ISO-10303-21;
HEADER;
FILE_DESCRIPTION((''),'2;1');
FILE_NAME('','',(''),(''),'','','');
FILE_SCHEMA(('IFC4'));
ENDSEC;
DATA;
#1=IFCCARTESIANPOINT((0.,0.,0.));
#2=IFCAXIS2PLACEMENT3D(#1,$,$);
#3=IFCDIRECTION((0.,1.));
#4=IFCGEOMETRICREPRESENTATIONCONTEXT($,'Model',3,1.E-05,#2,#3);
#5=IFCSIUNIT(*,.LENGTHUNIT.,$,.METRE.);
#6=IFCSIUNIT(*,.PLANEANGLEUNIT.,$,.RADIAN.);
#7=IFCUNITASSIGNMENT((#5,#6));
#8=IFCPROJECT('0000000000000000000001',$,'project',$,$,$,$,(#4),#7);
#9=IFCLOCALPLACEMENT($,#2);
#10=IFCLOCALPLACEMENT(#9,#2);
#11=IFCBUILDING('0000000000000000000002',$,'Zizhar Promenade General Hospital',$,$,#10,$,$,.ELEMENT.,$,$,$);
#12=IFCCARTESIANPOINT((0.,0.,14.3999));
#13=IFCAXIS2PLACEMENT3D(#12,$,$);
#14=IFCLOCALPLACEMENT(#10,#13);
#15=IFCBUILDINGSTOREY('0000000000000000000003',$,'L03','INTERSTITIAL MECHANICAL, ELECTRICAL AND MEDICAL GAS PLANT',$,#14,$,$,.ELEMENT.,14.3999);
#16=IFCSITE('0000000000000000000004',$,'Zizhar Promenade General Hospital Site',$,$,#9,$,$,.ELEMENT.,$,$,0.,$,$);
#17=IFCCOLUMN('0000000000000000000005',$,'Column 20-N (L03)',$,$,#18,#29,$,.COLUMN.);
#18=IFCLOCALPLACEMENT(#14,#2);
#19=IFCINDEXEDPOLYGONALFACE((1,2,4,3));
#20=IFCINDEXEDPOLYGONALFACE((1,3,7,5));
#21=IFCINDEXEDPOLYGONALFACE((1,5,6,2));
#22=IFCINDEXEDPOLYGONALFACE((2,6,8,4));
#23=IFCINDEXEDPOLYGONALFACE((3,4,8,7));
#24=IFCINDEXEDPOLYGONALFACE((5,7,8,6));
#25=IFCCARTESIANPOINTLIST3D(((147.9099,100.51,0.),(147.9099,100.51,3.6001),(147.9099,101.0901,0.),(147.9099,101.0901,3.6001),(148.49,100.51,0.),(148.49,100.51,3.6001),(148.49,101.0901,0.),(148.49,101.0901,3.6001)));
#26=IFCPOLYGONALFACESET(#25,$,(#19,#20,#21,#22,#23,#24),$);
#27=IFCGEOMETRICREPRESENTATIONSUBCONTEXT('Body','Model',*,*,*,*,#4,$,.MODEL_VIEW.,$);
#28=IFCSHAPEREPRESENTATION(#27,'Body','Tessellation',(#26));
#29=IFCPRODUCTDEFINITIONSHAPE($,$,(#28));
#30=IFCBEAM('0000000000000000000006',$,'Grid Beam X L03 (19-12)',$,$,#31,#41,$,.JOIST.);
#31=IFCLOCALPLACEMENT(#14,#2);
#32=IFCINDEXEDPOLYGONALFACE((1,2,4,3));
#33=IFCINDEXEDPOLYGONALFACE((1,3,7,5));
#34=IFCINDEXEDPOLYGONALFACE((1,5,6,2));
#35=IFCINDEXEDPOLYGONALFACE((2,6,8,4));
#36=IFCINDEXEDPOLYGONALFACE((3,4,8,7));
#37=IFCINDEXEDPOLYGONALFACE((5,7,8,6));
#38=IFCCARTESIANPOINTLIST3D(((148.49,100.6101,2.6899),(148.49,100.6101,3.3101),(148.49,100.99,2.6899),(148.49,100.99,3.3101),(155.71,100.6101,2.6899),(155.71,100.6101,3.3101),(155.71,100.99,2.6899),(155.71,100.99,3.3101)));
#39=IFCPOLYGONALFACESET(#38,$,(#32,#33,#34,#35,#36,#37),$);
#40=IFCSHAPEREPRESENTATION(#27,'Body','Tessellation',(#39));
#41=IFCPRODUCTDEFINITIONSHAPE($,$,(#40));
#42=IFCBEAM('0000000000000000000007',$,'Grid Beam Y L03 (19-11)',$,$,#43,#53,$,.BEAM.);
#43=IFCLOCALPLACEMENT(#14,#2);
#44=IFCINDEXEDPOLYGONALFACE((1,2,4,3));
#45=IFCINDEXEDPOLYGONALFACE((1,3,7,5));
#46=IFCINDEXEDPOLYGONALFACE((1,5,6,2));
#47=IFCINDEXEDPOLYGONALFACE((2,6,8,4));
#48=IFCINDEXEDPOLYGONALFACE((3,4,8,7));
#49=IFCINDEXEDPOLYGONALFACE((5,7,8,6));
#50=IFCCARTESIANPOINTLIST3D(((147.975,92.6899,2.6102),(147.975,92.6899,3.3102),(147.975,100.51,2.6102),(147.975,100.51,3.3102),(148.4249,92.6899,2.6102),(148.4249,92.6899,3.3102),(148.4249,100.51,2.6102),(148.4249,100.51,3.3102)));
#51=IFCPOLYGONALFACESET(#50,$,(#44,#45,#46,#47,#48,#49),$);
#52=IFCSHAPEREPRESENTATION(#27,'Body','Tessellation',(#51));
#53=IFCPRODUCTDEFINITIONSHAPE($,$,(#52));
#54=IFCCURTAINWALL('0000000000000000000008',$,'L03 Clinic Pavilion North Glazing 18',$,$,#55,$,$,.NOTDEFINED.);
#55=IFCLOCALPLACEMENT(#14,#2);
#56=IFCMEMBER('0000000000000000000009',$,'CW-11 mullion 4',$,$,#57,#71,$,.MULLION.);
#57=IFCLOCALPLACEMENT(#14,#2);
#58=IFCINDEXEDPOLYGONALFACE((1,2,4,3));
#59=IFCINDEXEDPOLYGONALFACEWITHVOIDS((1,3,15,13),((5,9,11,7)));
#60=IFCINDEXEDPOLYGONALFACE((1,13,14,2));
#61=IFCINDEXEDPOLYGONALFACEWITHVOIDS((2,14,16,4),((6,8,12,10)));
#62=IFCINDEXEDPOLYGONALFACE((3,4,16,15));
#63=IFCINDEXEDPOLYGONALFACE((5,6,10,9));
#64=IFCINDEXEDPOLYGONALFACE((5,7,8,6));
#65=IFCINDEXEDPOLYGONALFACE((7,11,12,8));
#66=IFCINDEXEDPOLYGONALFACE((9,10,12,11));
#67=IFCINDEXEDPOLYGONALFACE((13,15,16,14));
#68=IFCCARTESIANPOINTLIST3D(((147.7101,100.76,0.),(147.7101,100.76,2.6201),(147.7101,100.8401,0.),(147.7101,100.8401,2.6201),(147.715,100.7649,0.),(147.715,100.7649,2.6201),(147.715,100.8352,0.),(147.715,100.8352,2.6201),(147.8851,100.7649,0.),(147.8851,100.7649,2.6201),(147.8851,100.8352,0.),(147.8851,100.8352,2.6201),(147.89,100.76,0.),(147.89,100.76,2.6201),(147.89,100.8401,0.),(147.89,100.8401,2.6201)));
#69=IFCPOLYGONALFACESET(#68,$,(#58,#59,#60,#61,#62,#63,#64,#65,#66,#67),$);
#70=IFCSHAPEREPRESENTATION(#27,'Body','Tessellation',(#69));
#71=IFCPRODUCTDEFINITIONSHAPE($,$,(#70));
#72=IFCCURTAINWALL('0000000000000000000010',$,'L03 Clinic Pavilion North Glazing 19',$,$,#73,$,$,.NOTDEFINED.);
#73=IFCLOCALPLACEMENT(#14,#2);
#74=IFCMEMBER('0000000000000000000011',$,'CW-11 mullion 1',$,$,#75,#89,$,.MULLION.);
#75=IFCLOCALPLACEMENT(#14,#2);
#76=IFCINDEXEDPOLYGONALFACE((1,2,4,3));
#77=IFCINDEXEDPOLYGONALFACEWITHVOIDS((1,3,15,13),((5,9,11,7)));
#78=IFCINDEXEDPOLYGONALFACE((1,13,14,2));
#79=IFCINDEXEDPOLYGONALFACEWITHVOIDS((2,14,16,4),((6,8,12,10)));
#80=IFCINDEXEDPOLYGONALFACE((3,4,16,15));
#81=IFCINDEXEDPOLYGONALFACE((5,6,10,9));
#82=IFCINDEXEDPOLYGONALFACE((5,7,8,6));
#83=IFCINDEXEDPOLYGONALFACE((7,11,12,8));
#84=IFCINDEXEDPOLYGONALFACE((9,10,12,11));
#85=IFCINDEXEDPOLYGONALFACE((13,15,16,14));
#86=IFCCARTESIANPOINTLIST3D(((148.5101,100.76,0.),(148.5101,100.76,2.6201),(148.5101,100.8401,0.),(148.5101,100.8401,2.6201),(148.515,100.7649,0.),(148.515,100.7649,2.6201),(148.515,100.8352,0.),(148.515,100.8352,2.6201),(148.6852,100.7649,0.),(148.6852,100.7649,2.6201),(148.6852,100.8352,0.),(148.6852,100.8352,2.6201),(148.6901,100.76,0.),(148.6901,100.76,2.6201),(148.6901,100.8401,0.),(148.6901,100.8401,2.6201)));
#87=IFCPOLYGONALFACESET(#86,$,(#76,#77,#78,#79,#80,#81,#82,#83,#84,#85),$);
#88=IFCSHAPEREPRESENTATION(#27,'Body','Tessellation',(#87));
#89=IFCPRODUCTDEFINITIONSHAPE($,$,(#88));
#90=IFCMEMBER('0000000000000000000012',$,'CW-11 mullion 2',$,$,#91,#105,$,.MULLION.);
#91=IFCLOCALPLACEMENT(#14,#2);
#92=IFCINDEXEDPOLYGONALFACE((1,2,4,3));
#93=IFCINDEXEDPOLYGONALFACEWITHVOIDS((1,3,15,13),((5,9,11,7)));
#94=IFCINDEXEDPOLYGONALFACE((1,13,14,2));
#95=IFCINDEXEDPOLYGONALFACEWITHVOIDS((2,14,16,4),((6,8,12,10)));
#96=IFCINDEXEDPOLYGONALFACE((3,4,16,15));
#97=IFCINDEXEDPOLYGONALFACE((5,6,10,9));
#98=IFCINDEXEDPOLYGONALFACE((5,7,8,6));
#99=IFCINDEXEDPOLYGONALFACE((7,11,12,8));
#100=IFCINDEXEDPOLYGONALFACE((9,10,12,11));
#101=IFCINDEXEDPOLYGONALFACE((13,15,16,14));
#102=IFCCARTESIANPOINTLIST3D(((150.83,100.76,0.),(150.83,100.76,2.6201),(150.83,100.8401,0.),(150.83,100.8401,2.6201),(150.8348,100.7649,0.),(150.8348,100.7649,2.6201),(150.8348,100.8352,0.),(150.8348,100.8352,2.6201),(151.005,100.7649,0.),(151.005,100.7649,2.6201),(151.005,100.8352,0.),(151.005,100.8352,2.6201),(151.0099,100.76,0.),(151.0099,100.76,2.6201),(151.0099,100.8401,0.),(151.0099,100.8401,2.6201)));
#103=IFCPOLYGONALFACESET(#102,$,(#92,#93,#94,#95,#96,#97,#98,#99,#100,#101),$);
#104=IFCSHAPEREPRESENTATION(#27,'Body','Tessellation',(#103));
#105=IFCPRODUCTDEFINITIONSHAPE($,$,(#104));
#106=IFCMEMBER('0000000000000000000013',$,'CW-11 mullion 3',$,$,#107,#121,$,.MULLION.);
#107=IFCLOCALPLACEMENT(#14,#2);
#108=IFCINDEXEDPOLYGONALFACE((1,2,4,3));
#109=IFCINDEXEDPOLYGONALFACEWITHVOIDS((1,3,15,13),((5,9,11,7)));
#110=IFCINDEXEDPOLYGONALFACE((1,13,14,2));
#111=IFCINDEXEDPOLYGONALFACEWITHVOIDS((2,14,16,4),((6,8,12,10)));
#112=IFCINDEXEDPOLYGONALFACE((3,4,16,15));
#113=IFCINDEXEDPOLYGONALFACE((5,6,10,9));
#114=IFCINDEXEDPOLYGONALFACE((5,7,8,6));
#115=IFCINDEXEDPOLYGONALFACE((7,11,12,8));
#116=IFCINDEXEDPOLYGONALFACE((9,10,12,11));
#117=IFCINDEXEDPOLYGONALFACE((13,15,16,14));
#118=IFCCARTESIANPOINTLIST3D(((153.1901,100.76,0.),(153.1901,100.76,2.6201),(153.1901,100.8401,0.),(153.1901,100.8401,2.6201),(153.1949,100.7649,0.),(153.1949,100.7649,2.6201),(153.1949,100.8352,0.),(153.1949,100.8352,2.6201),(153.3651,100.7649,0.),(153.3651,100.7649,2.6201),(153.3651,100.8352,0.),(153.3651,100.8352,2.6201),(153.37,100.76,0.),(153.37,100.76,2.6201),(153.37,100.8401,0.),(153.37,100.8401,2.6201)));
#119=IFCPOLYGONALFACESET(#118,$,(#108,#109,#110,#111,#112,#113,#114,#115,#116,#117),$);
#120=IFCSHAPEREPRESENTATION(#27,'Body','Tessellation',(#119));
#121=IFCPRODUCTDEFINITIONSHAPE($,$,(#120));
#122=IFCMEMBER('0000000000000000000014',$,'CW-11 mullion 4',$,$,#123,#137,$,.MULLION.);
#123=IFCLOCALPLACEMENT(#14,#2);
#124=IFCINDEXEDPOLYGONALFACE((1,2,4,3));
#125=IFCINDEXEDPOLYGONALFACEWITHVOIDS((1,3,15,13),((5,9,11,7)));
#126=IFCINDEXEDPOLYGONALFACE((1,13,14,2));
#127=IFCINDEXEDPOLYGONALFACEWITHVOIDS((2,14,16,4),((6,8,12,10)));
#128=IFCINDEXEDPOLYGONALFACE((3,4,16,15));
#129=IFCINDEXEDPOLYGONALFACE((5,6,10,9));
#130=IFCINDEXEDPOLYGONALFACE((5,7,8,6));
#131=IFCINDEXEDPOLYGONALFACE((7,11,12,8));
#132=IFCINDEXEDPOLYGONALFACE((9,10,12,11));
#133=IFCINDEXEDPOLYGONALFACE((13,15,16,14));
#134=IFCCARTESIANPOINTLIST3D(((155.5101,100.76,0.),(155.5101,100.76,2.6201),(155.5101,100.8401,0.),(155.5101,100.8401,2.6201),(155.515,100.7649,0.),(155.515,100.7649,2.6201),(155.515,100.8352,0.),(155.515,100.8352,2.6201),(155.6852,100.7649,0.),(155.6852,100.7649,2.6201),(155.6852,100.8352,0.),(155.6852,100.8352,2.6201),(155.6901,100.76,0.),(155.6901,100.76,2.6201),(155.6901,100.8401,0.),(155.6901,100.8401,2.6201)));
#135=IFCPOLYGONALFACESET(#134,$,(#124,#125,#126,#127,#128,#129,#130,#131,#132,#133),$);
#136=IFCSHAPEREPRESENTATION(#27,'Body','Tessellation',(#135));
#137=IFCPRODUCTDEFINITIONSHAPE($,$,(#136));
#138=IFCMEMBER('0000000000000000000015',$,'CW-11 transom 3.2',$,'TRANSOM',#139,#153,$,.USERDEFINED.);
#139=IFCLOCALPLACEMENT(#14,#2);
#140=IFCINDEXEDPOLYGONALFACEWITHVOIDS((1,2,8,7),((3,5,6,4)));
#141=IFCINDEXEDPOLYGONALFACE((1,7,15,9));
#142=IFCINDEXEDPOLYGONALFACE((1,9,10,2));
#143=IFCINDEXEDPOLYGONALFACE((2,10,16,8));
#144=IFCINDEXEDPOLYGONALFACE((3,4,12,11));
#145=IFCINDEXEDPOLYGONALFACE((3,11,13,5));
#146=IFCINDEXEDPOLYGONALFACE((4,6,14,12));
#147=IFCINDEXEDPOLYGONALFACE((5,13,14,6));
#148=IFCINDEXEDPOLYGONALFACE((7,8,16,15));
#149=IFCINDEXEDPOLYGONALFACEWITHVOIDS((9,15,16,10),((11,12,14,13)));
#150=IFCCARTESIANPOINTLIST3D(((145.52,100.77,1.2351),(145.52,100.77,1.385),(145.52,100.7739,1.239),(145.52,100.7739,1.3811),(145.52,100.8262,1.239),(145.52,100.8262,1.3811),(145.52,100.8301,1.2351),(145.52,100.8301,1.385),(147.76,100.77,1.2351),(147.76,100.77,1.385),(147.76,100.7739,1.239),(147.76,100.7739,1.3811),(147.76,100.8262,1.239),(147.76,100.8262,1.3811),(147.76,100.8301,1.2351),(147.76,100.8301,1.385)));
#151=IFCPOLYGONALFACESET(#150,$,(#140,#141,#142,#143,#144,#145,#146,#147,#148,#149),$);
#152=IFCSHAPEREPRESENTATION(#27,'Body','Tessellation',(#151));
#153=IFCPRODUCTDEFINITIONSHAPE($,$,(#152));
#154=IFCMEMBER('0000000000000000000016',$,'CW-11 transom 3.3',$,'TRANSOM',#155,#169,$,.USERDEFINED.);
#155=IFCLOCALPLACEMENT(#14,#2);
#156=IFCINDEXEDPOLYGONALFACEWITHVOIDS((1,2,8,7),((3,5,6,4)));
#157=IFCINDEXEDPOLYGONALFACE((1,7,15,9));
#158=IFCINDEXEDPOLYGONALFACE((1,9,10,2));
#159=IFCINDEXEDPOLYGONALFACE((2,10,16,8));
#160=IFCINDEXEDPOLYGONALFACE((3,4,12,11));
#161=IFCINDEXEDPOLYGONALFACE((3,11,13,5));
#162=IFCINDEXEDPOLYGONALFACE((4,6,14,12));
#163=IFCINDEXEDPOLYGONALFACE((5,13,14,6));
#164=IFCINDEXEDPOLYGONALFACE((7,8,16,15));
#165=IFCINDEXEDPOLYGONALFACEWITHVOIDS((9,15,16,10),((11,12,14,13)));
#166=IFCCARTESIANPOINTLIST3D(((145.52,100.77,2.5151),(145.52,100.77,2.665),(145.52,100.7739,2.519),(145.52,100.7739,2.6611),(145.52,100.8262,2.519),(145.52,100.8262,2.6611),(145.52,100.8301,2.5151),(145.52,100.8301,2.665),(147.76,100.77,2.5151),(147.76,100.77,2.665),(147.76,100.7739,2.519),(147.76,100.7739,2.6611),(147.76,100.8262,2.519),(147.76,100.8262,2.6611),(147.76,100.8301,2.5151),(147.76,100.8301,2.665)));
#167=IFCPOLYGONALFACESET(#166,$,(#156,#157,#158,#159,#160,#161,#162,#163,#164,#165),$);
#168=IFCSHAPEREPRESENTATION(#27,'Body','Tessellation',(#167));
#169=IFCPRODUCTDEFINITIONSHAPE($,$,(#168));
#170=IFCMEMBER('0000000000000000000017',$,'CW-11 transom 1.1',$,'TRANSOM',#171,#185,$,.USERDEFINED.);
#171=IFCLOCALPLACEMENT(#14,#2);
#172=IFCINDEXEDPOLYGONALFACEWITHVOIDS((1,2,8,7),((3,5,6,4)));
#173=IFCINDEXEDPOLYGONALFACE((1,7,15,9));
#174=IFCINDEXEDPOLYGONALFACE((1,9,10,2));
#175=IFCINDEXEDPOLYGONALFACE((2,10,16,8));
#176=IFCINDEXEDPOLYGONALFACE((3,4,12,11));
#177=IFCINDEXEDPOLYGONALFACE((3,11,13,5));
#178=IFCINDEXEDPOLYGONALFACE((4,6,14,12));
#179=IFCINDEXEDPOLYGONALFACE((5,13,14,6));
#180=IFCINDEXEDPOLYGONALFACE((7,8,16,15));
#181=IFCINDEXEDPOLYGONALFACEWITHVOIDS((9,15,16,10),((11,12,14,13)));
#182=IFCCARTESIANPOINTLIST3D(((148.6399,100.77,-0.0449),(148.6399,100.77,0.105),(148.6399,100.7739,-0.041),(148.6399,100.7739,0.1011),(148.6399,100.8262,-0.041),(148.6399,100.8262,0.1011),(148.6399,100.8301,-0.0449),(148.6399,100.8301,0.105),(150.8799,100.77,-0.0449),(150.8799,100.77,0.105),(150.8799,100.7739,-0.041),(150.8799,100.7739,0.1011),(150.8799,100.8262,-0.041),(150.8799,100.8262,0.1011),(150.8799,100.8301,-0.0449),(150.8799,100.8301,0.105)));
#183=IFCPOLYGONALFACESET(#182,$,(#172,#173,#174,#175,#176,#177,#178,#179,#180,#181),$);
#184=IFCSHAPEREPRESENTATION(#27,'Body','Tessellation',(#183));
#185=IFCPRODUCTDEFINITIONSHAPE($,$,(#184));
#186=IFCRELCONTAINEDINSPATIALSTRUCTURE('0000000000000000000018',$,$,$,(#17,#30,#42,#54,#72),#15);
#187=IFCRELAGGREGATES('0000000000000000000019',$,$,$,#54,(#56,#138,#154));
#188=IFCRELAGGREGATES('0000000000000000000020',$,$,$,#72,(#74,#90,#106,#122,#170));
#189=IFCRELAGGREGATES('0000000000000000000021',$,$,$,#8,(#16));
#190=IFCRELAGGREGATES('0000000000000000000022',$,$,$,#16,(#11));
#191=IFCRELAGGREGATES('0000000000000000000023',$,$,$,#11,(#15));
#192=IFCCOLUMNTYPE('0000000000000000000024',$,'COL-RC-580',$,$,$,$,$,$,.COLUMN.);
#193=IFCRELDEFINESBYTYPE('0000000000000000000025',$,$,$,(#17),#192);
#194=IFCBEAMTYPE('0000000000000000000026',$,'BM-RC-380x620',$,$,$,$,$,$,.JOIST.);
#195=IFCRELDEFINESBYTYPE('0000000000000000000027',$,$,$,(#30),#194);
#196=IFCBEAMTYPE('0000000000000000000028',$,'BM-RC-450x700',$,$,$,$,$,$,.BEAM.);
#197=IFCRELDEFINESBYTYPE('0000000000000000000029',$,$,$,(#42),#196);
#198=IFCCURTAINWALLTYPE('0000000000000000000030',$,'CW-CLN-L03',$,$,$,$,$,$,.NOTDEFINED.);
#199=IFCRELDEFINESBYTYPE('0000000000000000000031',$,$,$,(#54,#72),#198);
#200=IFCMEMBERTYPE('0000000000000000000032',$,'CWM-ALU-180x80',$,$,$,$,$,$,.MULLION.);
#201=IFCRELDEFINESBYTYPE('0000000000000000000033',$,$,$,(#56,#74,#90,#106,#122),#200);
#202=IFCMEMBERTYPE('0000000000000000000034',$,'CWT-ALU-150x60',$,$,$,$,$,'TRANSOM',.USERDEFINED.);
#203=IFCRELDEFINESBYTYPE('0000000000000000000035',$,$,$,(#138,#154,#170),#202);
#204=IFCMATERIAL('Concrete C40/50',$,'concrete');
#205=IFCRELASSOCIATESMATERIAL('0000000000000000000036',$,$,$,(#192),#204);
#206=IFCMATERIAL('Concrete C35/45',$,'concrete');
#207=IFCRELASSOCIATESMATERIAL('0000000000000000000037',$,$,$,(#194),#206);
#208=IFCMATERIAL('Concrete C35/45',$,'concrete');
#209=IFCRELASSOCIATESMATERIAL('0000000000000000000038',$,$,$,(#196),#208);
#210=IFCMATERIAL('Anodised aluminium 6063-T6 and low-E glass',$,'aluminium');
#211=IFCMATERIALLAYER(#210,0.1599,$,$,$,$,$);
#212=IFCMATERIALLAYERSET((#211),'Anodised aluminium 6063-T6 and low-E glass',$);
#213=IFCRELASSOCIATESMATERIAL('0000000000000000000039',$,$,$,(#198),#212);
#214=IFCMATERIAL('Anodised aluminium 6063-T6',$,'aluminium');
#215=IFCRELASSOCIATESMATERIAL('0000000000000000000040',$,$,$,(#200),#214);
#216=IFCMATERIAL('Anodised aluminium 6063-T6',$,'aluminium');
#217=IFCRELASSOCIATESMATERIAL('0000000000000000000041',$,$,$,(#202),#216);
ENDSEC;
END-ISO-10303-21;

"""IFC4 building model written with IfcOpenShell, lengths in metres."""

from ifc_helpers import new_model, si_unit, direction, frame, origin, origin_2d, place, context, subcontext, project, spatial, rectangle, hollow_rectangle, extrude, material, layer, layer_set, material_profile, profile_set, type_object, element, aggregate, save


model = new_model("IFC4")

# Units and contexts
model_context = context("Model", 3, precision=1e-05, world=origin(), true_north=direction((0.0, 1.0)))
body_context = subcontext(model_context, "Body", "Model", "MODEL_VIEW")
ifc_project = project(units=[si_unit("LENGTHUNIT", "METRE"), si_unit("PLANEANGLEUNIT", "RADIAN")], contexts=[model_context])

# Site, building, storey
site_placement = place(None, origin())
site = spatial("IfcSite", under=ifc_project, at=site_placement, Name="Zizhar Promenade General Hospital Site", CompositionType="ELEMENT", RefElevation=0.0)
building_placement = place(site_placement, origin())
building = spatial("IfcBuilding", under=site, at=building_placement, Name="Zizhar Promenade General Hospital", CompositionType="ELEMENT")
storey_placement = place(building_placement, frame((0.0, 0.0, 14.3999)))
storey = spatial("IfcBuildingStorey", under=building, at=storey_placement, Name="L03", Description="INTERSTITIAL MECHANICAL, ELECTRICAL AND MEDICAL GAS PLANT", CompositionType="ELEMENT", Elevation=14.3999)

# Column
ifc_material_1 = material(Name="Concrete C40/50", Category="concrete")
ifc_material_profile_1 = material_profile(ifc_material_1, rectangle(XDim=0.5801, YDim=0.5801, at=origin_2d()))
ifc_profile_set_1 = profile_set([ifc_material_profile_1], Name="Concrete C40/50")
column_type = type_object("IfcColumnType", Name="COL-RC-580", PredefinedType="COLUMN", material=ifc_profile_set_1)
column_placement = place(storey_placement, frame((148.2, 100.8, 0.0), z_axis=(0.0, 0.0, 1.0), x_axis=(1.0, 0.0, 0.0)))
element("IfcColumn", 1, at=column_placement, inside=storey, type_object=column_type, Name="Column 20-N (L03)", PredefinedType="COLUMN", context=body_context, shape_type="SweptSolid", body=[
    extrude(rectangle(XDim=0.5801, YDim=0.5801, at=origin_2d()), origin(), (0.0, 0.0, 1.0), 3.6001),
])

# Beams
ifc_material_2 = material(Name="Concrete C35/45", Category="concrete")
ifc_material_profile_2 = material_profile(ifc_material_2, rectangle(XDim=0.3799, YDim=0.6201, at=origin_2d()))
ifc_profile_set_2 = profile_set([ifc_material_profile_2], Name="Concrete C35/45")
beam_type_1 = type_object("IfcBeamType", Name="BM-RC-380x620", PredefinedType="JOIST", material=ifc_profile_set_2)
beam_1_placement = place(storey_placement, frame((148.49, 100.8, 3.0), z_axis=(1.0, 0.0, 0.0), x_axis=(0.0, 1.0, 0.0)))
element("IfcBeam", 2, at=beam_1_placement, inside=storey, type_object=beam_type_1, Name="Grid Beam X L03 (19-12)", PredefinedType="JOIST", context=body_context, shape_type="SweptSolid", body=[
    extrude(rectangle(XDim=0.3799, YDim=0.6201, at=origin_2d()), origin(), (0.0, 0.0, 1.0), 7.22),
])
ifc_material_3 = material(Name="Concrete C35/45", Category="concrete")
ifc_material_profile_3 = material_profile(ifc_material_3, rectangle(XDim=0.45, YDim=0.7, at=origin_2d()))
ifc_profile_set_3 = profile_set([ifc_material_profile_3], Name="Concrete C35/45")
beam_type_2 = type_object("IfcBeamType", Name="BM-RC-450x700", PredefinedType="BEAM", material=ifc_profile_set_3)
beam_2_placement = place(storey_placement, frame((148.2, 92.6899, 2.9602), z_axis=(0.0, 1.0, 0.0), x_axis=(-1.0, 0.0, 0.0)))
element("IfcBeam", 3, at=beam_2_placement, inside=storey, type_object=beam_type_2, Name="Grid Beam Y L03 (19-11)", PredefinedType="BEAM", context=body_context, shape_type="SweptSolid", body=[
    extrude(rectangle(XDim=0.45, YDim=0.7, at=origin_2d()), origin(), (0.0, 0.0, 1.0), 7.8201),
])

# Curtain wall, member
ifc_material_4 = material(Name="Anodised aluminium 6063-T6 and low-E glass", Category="aluminium")
ifc_layer_1 = layer(ifc_material_4, 0.1599)
ifc_layer_set_1 = layer_set([ifc_layer_1], Name="Anodised aluminium 6063-T6 and low-E glass")
curtain_wall_type = type_object("IfcCurtainWallType", Name="CW-CLN-L03", PredefinedType="NOTDEFINED", material=ifc_layer_set_1)
curtain_wall_1_placement = place(storey_placement, origin())
curtain_wall_1 = element("IfcCurtainWall", 4, at=curtain_wall_1_placement, inside=storey, type_object=curtain_wall_type, Name="L03 Clinic Pavilion North Glazing 18", PredefinedType="NOTDEFINED")
ifc_material_5 = material(Name="Anodised aluminium 6063-T6", Category="aluminium")
ifc_material_profile_4 = material_profile(ifc_material_5, hollow_rectangle(XDim=0.0801, YDim=0.1799, WallThickness=0.0049, at=origin_2d()))
ifc_profile_set_4 = profile_set([ifc_material_profile_4], Name="Anodised aluminium 6063-T6")
member_type_1 = type_object("IfcMemberType", Name="CWM-ALU-180x80", PredefinedType="MULLION", material=ifc_profile_set_4)
member_1_placement = place(storey_placement, frame((147.8, 100.8, 0.0), z_axis=(0.0, 0.0, 1.0), x_axis=(0.0, 1.0, 0.0)))
member_1 = element("IfcMember", 5, at=member_1_placement, type_object=member_type_1, Name="CW-11 mullion 4", PredefinedType="MULLION", context=body_context, shape_type="SweptSolid", body=[
    extrude(hollow_rectangle(XDim=0.0801, YDim=0.1799, WallThickness=0.0049, at=origin_2d()), origin(), (0.0, 0.0, 1.0), 2.6201),
])

# Curtain wall, members
curtain_wall_2_placement = place(storey_placement, origin())
curtain_wall_2 = element("IfcCurtainWall", 6, at=curtain_wall_2_placement, inside=storey, type_object=curtain_wall_type, Name="L03 Clinic Pavilion North Glazing 19", PredefinedType="NOTDEFINED")
member_2_placement = place(storey_placement, frame((148.6001, 100.8, 0.0), z_axis=(0.0, 0.0, 1.0), x_axis=(0.0, 1.0, 0.0)))
member_2 = element("IfcMember", 7, at=member_2_placement, type_object=member_type_1, Name="CW-11 mullion 1", PredefinedType="MULLION", context=body_context, shape_type="SweptSolid", body=[
    extrude(hollow_rectangle(XDim=0.0801, YDim=0.1799, WallThickness=0.0049, at=origin_2d()), origin(), (0.0, 0.0, 1.0), 2.6201),
])
member_3_placement = place(storey_placement, frame((150.9199, 100.8, 0.0), z_axis=(0.0, 0.0, 1.0), x_axis=(0.0, 1.0, 0.0)))
member_3 = element("IfcMember", 8, at=member_3_placement, type_object=member_type_1, Name="CW-11 mullion 2", PredefinedType="MULLION", context=body_context, shape_type="SweptSolid", body=[
    extrude(hollow_rectangle(XDim=0.0801, YDim=0.1799, WallThickness=0.0049, at=origin_2d()), origin(), (0.0, 0.0, 1.0), 2.6201),
])
member_4_placement = place(storey_placement, frame((153.28, 100.8, 0.0), z_axis=(0.0, 0.0, 1.0), x_axis=(0.0, 1.0, 0.0)))
member_4 = element("IfcMember", 9, at=member_4_placement, type_object=member_type_1, Name="CW-11 mullion 3", PredefinedType="MULLION", context=body_context, shape_type="SweptSolid", body=[
    extrude(hollow_rectangle(XDim=0.0801, YDim=0.1799, WallThickness=0.0049, at=origin_2d()), origin(), (0.0, 0.0, 1.0), 2.6201),
])
member_5_placement = place(storey_placement, frame((155.6001, 100.8, 0.0), z_axis=(0.0, 0.0, 1.0), x_axis=(0.0, 1.0, 0.0)))
member_5 = element("IfcMember", 10, at=member_5_placement, type_object=member_type_1, Name="CW-11 mullion 4", PredefinedType="MULLION", context=body_context, shape_type="SweptSolid", body=[
    extrude(hollow_rectangle(XDim=0.0801, YDim=0.1799, WallThickness=0.0049, at=origin_2d()), origin(), (0.0, 0.0, 1.0), 2.6201),
])

# Members
ifc_material_6 = material(Name="Anodised aluminium 6063-T6", Category="aluminium")
ifc_material_profile_5 = material_profile(ifc_material_6, hollow_rectangle(XDim=0.0601, YDim=0.1499, WallThickness=0.0039, at=origin_2d()))
ifc_profile_set_5 = profile_set([ifc_material_profile_5], Name="Anodised aluminium 6063-T6")
member_type_2 = type_object("IfcMemberType", Name="CWT-ALU-150x60", ElementType="TRANSOM", PredefinedType="USERDEFINED", material=ifc_profile_set_5)
member_6_placement = place(storey_placement, frame((145.52, 100.8, 1.3101), z_axis=(1.0, 0.0, 0.0), x_axis=(0.0, 1.0, 0.0)))
member_6 = element("IfcMember", 11, at=member_6_placement, type_object=member_type_2, Name="CW-11 transom 3.2", ObjectType="TRANSOM", PredefinedType="USERDEFINED", context=body_context, shape_type="SweptSolid", body=[
    extrude(hollow_rectangle(XDim=0.0601, YDim=0.1499, WallThickness=0.0039, at=origin_2d()), origin(), (0.0, 0.0, 1.0), 2.24),
])
member_7_placement = place(storey_placement, frame((145.52, 100.8, 2.5901), z_axis=(1.0, 0.0, 0.0), x_axis=(0.0, 1.0, 0.0)))
member_7 = element("IfcMember", 12, at=member_7_placement, type_object=member_type_2, Name="CW-11 transom 3.3", ObjectType="TRANSOM", PredefinedType="USERDEFINED", context=body_context, shape_type="SweptSolid", body=[
    extrude(hollow_rectangle(XDim=0.0601, YDim=0.1499, WallThickness=0.0039, at=origin_2d()), origin(), (0.0, 0.0, 1.0), 2.24),
])
member_8_placement = place(storey_placement, frame((148.6399, 100.8, 0.03), z_axis=(1.0, 0.0, 0.0), x_axis=(0.0, 1.0, 0.0)))
member_8 = element("IfcMember", 13, at=member_8_placement, type_object=member_type_2, Name="CW-11 transom 1.1", ObjectType="TRANSOM", PredefinedType="USERDEFINED", context=body_context, shape_type="SweptSolid", body=[
    extrude(hollow_rectangle(XDim=0.0601, YDim=0.1499, WallThickness=0.0039, at=origin_2d()), origin(), (0.0, 0.0, 1.0), 2.24),
])

aggregate(curtain_wall_1, [member_1, member_6, member_7])
aggregate(curtain_wall_2, [member_2, member_3, member_4, member_5, member_8])

save(model, "model.ifc")
